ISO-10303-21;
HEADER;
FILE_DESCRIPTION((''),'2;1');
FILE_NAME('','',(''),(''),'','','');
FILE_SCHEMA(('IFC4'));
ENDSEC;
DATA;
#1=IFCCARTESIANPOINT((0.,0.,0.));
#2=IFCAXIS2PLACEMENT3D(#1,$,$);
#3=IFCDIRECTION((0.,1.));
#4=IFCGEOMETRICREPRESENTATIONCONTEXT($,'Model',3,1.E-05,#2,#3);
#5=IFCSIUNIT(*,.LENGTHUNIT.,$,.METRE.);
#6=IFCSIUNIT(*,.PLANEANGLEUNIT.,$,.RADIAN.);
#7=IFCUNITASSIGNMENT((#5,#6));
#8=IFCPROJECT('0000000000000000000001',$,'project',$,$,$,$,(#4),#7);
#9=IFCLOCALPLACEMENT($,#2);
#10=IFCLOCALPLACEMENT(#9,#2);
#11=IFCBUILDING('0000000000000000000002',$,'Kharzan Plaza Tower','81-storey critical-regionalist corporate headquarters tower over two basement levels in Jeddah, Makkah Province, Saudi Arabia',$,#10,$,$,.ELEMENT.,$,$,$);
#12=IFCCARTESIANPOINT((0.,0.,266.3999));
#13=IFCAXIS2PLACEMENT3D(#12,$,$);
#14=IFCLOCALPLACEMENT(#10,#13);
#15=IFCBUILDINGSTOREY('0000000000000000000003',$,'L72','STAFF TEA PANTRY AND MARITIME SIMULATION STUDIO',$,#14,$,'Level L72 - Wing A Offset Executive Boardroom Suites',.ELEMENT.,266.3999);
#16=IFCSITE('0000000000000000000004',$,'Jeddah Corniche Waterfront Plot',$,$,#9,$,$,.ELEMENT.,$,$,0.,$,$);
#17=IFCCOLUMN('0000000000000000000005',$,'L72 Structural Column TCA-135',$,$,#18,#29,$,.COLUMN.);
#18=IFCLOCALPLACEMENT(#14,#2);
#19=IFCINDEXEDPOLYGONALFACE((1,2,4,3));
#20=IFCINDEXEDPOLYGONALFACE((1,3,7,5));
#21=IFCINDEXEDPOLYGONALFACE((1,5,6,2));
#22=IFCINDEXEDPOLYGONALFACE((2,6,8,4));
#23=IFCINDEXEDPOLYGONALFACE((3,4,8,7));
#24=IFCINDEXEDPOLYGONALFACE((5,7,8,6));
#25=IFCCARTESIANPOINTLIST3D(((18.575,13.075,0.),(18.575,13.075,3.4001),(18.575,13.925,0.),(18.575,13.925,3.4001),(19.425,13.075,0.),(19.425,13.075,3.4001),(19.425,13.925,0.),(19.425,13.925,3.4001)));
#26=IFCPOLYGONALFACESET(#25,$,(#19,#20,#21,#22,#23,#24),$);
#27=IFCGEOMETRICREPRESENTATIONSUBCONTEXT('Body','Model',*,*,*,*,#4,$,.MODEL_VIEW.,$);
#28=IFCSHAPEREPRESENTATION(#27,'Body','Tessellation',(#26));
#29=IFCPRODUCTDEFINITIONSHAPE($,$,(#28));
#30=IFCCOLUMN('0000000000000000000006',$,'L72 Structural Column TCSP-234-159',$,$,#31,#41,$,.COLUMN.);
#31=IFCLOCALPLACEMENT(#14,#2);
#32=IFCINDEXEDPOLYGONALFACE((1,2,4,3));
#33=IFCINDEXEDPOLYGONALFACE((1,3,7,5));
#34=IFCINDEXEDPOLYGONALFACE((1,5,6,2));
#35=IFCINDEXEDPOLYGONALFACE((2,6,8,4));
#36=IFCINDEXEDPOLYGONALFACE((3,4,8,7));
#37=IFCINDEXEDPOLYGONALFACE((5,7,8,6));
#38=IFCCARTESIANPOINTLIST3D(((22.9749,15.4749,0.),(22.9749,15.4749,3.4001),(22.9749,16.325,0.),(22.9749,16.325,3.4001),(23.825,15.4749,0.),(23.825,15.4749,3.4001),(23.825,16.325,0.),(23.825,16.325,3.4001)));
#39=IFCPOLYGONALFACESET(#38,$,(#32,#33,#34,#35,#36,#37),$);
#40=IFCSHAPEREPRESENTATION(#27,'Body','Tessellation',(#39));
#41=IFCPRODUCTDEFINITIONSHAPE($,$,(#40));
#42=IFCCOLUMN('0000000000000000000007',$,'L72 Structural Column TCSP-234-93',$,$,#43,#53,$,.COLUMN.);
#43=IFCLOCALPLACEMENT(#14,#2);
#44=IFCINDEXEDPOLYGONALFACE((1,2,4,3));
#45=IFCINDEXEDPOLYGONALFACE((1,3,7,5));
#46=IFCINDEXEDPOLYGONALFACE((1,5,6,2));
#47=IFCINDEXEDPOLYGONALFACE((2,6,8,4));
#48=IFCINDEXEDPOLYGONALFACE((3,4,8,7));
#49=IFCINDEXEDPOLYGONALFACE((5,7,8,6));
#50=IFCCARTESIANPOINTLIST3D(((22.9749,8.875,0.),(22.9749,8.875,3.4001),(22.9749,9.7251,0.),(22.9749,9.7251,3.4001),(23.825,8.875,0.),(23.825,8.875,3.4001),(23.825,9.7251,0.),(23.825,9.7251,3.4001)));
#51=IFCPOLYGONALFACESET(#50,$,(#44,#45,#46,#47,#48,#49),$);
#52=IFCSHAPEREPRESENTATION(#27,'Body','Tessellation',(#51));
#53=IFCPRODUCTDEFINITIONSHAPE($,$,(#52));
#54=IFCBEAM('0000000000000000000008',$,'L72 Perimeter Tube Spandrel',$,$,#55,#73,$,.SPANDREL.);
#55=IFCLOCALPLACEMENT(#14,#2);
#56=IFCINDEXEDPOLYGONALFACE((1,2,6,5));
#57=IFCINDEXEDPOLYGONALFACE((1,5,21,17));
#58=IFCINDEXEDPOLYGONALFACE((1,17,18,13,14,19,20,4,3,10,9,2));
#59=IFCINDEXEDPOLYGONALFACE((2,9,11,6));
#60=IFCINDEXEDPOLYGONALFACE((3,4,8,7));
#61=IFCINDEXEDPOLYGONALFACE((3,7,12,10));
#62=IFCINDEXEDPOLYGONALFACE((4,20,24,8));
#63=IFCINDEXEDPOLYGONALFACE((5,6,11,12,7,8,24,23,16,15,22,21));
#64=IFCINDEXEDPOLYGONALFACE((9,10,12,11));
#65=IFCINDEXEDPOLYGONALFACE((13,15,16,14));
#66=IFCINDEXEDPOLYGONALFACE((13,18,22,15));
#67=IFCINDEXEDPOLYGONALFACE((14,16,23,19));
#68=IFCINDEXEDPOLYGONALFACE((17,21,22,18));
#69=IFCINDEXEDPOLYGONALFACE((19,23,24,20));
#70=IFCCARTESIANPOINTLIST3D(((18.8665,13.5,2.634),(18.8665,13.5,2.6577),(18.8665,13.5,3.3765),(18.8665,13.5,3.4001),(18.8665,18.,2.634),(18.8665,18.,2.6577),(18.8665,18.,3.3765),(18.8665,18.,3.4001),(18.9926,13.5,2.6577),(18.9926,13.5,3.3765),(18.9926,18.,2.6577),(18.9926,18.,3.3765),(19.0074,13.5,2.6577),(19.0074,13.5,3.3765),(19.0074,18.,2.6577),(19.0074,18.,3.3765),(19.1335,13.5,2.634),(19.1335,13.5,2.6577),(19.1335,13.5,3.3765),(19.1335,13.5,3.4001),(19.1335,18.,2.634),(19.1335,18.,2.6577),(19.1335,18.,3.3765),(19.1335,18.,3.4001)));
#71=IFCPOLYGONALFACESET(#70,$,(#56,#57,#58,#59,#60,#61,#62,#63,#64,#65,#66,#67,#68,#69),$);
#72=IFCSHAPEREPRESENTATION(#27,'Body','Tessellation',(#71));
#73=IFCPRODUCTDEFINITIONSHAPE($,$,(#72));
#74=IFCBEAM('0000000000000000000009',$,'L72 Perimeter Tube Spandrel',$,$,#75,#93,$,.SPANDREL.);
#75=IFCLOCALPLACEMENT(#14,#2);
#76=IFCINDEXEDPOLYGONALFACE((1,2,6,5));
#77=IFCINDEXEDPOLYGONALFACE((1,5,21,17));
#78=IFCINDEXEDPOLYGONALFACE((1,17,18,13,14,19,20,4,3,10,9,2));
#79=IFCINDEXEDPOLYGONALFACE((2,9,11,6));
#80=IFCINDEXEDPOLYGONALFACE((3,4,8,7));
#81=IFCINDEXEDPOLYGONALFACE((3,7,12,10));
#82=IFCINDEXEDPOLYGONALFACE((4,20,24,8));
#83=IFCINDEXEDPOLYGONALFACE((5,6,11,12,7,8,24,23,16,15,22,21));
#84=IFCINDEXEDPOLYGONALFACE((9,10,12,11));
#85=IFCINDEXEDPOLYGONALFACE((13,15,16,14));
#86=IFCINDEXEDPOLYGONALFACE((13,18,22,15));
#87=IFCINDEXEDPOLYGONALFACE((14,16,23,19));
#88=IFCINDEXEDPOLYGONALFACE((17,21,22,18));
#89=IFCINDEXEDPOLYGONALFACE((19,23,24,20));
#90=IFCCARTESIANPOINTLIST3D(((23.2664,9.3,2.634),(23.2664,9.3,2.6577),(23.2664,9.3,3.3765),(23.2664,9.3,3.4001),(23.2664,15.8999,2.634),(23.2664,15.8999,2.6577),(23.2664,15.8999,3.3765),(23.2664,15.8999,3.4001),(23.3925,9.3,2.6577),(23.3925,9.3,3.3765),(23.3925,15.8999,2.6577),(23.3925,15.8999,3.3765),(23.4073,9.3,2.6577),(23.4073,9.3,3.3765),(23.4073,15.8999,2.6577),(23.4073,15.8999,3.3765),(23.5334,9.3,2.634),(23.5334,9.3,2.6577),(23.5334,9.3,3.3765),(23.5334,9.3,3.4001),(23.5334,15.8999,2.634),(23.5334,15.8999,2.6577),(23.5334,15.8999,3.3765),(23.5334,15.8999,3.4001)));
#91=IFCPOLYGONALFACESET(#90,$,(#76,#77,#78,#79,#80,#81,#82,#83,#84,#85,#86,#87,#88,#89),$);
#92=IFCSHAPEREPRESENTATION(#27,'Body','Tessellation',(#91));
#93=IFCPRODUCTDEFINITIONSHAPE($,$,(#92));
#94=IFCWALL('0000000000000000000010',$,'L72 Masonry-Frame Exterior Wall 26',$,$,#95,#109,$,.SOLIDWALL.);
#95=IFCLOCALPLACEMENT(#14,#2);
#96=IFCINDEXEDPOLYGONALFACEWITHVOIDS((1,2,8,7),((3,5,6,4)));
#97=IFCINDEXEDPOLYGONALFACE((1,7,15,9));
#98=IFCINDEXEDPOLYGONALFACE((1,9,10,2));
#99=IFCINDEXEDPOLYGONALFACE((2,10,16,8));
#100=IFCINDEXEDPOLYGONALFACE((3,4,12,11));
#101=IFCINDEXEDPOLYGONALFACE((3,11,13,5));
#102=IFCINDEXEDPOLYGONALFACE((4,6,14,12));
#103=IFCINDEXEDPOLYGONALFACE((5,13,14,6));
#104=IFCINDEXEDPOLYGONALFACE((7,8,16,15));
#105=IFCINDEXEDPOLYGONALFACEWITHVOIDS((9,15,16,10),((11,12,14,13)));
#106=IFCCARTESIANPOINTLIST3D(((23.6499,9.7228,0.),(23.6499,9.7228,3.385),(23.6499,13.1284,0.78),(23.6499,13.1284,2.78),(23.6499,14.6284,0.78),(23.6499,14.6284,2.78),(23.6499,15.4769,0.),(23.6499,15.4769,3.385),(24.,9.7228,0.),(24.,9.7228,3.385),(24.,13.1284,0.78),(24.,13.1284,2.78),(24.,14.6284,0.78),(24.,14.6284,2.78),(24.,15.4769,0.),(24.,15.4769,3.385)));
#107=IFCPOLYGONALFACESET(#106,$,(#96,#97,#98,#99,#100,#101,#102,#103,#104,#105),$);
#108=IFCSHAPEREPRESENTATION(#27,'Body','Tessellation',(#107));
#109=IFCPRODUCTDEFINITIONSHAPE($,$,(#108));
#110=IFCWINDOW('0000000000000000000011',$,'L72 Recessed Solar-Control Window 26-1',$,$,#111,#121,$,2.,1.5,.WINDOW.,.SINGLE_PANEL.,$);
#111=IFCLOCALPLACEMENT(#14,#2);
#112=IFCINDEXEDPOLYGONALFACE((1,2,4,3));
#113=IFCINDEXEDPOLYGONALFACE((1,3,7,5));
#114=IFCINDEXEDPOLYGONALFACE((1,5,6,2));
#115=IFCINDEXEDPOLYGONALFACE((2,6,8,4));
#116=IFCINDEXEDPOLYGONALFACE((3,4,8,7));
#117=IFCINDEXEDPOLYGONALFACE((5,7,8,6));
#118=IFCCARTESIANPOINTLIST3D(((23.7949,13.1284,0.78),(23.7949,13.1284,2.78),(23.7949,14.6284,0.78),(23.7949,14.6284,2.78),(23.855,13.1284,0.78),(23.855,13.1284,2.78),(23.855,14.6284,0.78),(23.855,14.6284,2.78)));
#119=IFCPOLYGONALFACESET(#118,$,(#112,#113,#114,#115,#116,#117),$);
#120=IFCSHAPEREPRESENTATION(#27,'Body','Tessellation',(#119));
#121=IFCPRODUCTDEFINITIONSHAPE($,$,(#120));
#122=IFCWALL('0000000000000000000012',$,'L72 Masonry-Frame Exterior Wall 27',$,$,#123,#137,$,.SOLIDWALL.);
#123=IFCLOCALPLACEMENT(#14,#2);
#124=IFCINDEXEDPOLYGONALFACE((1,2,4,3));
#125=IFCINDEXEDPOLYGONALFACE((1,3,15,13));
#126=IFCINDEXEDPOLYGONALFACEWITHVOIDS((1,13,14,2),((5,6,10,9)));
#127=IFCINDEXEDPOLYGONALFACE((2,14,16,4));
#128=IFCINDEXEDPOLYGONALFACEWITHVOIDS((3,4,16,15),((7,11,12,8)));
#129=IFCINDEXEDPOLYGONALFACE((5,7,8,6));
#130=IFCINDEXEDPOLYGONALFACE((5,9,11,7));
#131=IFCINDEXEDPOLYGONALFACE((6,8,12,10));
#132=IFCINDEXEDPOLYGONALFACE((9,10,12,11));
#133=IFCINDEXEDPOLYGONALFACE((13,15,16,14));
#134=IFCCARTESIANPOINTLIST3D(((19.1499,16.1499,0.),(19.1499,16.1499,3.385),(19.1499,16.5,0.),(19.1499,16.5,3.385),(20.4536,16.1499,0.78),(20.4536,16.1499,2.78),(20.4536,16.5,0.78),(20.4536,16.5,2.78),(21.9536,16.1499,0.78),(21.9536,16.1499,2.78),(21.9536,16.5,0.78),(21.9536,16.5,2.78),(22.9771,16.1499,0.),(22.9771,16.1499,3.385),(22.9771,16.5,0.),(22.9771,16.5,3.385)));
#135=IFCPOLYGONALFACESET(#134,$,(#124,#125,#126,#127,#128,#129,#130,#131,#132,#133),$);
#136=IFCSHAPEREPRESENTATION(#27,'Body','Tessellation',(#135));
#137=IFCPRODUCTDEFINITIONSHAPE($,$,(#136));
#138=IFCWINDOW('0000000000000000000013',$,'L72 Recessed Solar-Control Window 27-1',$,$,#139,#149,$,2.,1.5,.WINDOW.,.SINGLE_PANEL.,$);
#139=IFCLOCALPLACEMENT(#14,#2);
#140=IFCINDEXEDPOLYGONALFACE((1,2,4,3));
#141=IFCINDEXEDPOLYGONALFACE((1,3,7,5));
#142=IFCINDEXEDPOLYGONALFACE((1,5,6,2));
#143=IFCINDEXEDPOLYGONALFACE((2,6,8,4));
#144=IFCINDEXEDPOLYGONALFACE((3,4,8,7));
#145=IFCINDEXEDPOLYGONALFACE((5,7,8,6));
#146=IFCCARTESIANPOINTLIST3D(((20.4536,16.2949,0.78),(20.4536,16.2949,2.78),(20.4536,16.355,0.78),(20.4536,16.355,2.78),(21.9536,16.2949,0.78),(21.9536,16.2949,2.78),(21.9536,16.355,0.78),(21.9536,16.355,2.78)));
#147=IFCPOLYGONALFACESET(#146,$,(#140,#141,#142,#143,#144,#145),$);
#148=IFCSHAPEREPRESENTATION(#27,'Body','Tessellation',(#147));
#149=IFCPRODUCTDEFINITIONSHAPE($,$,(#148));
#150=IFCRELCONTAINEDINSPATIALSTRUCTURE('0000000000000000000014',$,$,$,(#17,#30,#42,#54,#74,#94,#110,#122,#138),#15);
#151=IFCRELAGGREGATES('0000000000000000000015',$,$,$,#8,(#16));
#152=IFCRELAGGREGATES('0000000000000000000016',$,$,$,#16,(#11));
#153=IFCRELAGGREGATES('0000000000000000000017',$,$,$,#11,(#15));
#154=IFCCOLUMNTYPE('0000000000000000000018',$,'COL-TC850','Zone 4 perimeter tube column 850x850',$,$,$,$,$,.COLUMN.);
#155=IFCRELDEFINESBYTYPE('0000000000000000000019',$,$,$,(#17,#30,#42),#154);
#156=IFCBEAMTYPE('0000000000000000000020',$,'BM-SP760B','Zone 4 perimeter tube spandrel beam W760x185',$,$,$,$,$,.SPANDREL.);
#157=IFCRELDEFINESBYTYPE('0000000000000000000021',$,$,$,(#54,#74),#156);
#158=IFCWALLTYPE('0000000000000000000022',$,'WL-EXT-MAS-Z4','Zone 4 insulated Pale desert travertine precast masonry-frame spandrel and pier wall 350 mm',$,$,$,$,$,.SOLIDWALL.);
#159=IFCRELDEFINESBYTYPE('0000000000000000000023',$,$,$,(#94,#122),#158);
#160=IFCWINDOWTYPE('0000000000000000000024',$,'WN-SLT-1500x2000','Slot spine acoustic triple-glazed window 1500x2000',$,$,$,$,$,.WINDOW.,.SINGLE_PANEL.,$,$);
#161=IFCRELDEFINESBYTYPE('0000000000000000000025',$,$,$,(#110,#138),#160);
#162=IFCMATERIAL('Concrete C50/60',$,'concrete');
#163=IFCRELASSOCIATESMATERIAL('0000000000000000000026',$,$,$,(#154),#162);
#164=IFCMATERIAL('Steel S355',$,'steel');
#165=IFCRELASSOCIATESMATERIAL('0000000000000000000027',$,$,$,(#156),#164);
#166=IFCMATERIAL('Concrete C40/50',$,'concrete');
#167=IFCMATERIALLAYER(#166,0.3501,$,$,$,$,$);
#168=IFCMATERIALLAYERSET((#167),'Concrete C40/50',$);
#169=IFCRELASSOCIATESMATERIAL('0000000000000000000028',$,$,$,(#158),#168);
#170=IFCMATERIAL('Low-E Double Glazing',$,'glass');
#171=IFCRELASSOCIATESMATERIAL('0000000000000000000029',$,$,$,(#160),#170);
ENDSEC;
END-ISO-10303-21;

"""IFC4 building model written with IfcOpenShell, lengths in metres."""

from ifc_helpers import new_model, si_unit, direction, frame, frame_2d, origin, origin_2d, place, context, subcontext, project, spatial, rectangle, i_section, extrude, source, transform, mapped, material, layer, layer_set, material_profile, profile_set, type_object, element, fill, save


model = new_model("IFC4")

# Units and contexts
model_context = context("Model", 3, precision=1e-05, world=origin(), true_north=direction((0.0, 1.0)))
body_context = subcontext(model_context, "Body", "Model", "MODEL_VIEW")
ifc_project = project(units=[si_unit("LENGTHUNIT", "METRE"), si_unit("PLANEANGLEUNIT", "RADIAN")], contexts=[model_context])

# Site, building, storey
site_placement = place(None, origin())
site = spatial("IfcSite", under=ifc_project, at=site_placement, Name="Jeddah Corniche Waterfront Plot", CompositionType="ELEMENT", RefElevation=0.0)
building_placement = place(site_placement, origin())
building = spatial("IfcBuilding", under=site, at=building_placement, Name="Kharzan Plaza Tower", Description="81-storey critical-regionalist corporate headquarters tower over two basement levels in Jeddah, Makkah Province, Saudi Arabia", CompositionType="ELEMENT")
storey_placement = place(building_placement, frame((0.0, 0.0, 266.3999)))
storey = spatial("IfcBuildingStorey", under=building, at=storey_placement, Name="L72", Description="STAFF TEA PANTRY AND MARITIME SIMULATION STUDIO", LongName="Level L72 - Wing A Offset Executive Boardroom Suites", CompositionType="ELEMENT", Elevation=266.3999)

# Columns
ifc_material_1 = material(Name="Concrete C50/60", Category="concrete")
ifc_material_profile_1 = material_profile(ifc_material_1, rectangle(XDim=0.8501, YDim=0.8501, at=origin_2d()), Name="RC-TC850x850")
ifc_profile_set_1 = profile_set([ifc_material_profile_1], Name="Concrete C50/60")
column_type = type_object("IfcColumnType", Name="COL-TC850", Description="Zone 4 perimeter tube column 850x850", PredefinedType="COLUMN", material=ifc_profile_set_1)
shared_shape_1 = source(origin(), body_context, "Body", "SweptSolid", [
    extrude(rectangle(XDim=0.8501, YDim=0.8501, at=origin_2d()), origin(), (0.0, 0.0, 1.0), 3.4001),
])
for number, where, z_axis, x_axis, name in (
    (1, (19.0, 13.5, 0.0), (0.0, 0.0, 1.0), (1.0, 0.0, 0.0), "L72 Structural Column TCA-135"),
    (2, (23.3999, 15.8999, 0.0), (0.0, 0.0, 1.0), (1.0, 0.0, 0.0), "L72 Structural Column TCSP-234-159"),
    (3, (23.3999, 9.3, 0.0), (0.0, 0.0, 1.0), (1.0, 0.0, 0.0), "L72 Structural Column TCSP-234-93"),
):
    element("IfcColumn", number, at=place(storey_placement, frame(where, z_axis=z_axis, x_axis=x_axis)), inside=storey, type_object=column_type, Name=name, PredefinedType="COLUMN", context=body_context, shape_type="MappedRepresentation", body=[
        mapped(shared_shape_1, transform((0.0, 0.0, 0.0), x_axis=(1.0, 0.0, 0.0), y_axis=(0.0, 1.0, 0.0), z_axis=(0.0, 0.0, 1.0))),
    ])

# Beams
ifc_material_2 = material(Name="Steel S355", Category="steel")
ifc_material_profile_2 = material_profile(ifc_material_2, i_section(OverallWidth=0.2671, OverallDepth=0.7661, WebThickness=0.0149, FlangeThickness=0.0237, at=origin_2d()), Name="W760x185")
ifc_profile_set_2 = profile_set([ifc_material_profile_2], Name="Steel S355")
beam_type = type_object("IfcBeamType", Name="BM-SP760B", Description="Zone 4 perimeter tube spandrel beam W760x185", PredefinedType="SPANDREL", material=ifc_profile_set_2)
shared_shape_2 = source(origin(), body_context, "Body", "SweptSolid", [
    extrude(i_section(OverallWidth=0.2671, OverallDepth=0.7661, WebThickness=0.0149, FlangeThickness=0.0237, at=origin_2d()), origin(), (0.0, 0.0, 1.0), 4.5),
])
beam_1_placement = place(storey_placement, frame((19.0, 13.5, 3.0171), z_axis=(0.0, 1.0, 0.0), x_axis=(-1.0, 0.0, 0.0)))
element("IfcBeam", 4, at=beam_1_placement, inside=storey, type_object=beam_type, Name="L72 Perimeter Tube Spandrel", PredefinedType="SPANDREL", context=body_context, shape_type="MappedRepresentation", body=[
    mapped(shared_shape_2, transform((0.0, 0.0, 0.0), x_axis=(1.0, 0.0, 0.0), y_axis=(0.0, 1.0, 0.0), z_axis=(0.0, 0.0, 1.0))),
])
shared_shape_3 = source(origin(), body_context, "Body", "SweptSolid", [
    extrude(i_section(OverallWidth=0.2671, OverallDepth=0.7661, WebThickness=0.0149, FlangeThickness=0.0237, at=origin_2d()), origin(), (0.0, 0.0, 1.0), 6.5999),
])
beam_2_placement = place(storey_placement, frame((23.3999, 9.3, 3.0171), z_axis=(0.0, 1.0, 0.0), x_axis=(-1.0, 0.0, 0.0)))
element("IfcBeam", 5, at=beam_2_placement, inside=storey, type_object=beam_type, Name="L72 Perimeter Tube Spandrel", PredefinedType="SPANDREL", context=body_context, shape_type="MappedRepresentation", body=[
    mapped(shared_shape_3, transform((0.0, 0.0, 0.0), x_axis=(1.0, 0.0, 0.0), y_axis=(0.0, 1.0, 0.0), z_axis=(0.0, 0.0, 1.0))),
])

# Walls, openings, windows
ifc_material_3 = material(Name="Concrete C40/50", Category="concrete")
ifc_layer_1 = layer(ifc_material_3, 0.3501)
ifc_layer_set_1 = layer_set([ifc_layer_1], Name="Concrete C40/50")
wall_type_1 = type_object("IfcWallType", Name="WL-EXT-MAS-Z4", Description="Zone 4 insulated Pale desert travertine precast masonry-frame spandrel and pier wall 350 mm", PredefinedType="SOLIDWALL", material=ifc_layer_set_1)
wall_1_placement = place(storey_placement, frame((23.825, 9.7229, 0.0), z_axis=(0.0, 0.0, 1.0), x_axis=(0.0, 1.0, 0.0)))
wall_1 = element("IfcWall", 6, at=wall_1_placement, inside=storey, type_object=wall_type_1, Name="L72 Masonry-Frame Exterior Wall 26", PredefinedType="SOLIDWALL", context=body_context, shape_type="SweptSolid", body=[
    extrude(rectangle(XDim=5.7542, YDim=0.3501, at=frame_2d((2.877, 0.0))), origin(), (0.0, 0.0, 1.0), 3.385),
])
opening_1_placement = place(wall_1_placement, frame((3.4055, 0.0, 0.78)))
opening_1 = element("IfcOpeningElement", 7, at=opening_1_placement, cuts=wall_1, PredefinedType="OPENING", context=body_context, shape_type="SweptSolid", body=[
    extrude(rectangle(XDim=1.5, YDim=2.0, at=frame_2d((0.75, 1.0))), frame((0.0, 0.1851, 0.0), z_axis=(0.0, -1.0, 0.0), x_axis=(1.0, 0.0, 0.0)), (0.0, 0.0, 1.0), 0.3701),
])
ifc_material_4 = material(Name="Low-E Double Glazing", Category="glass")
window_type = type_object("IfcWindowType", Name="WN-SLT-1500x2000", Description="Slot spine acoustic triple-glazed window 1500x2000", PartitioningType="SINGLE_PANEL", PredefinedType="WINDOW", material=ifc_material_4)
shared_shape_4 = source(origin(), body_context, "Body", "SweptSolid", [
    extrude(rectangle(XDim=1.5, YDim=2.0, at=frame_2d((0.75, 1.0))), frame((0.0, 0.03, 0.0), z_axis=(0.0, -1.0, 0.0), x_axis=(1.0, 0.0, 0.0)), (0.0, 0.0, 1.0), 0.0601),
])
window_1_placement = place(opening_1_placement, origin())
window_1 = element("IfcWindow", 8, at=window_1_placement, inside=storey, type_object=window_type, Name="L72 Recessed Solar-Control Window 26-1", OverallHeight=2.0, OverallWidth=1.5, PartitioningType="SINGLE_PANEL", PredefinedType="WINDOW", context=body_context, shape_type="MappedRepresentation", body=[
    mapped(shared_shape_4, transform((0.0, 0.0, 0.0), x_axis=(1.0, 0.0, 0.0), y_axis=(0.0, 1.0, 0.0), z_axis=(0.0, 0.0, 1.0))),
])
fill(opening_1, window_1)
wall_2_placement = place(storey_placement, frame((22.9771, 16.325, 0.0), z_axis=(0.0, 0.0, 1.0), x_axis=(-1.0, 0.0, 0.0)))
wall_2 = element("IfcWall", 9, at=wall_2_placement, inside=storey, type_object=wall_type_1, Name="L72 Masonry-Frame Exterior Wall 27", PredefinedType="SOLIDWALL", context=body_context, shape_type="SweptSolid", body=[
    extrude(rectangle(XDim=3.8271, YDim=0.3501, at=frame_2d((1.9136, 0.0))), origin(), (0.0, 0.0, 1.0), 3.385),
])
opening_2_placement = place(wall_2_placement, frame((1.0234, 0.0, 0.78)))
opening_2 = element("IfcOpeningElement", 10, at=opening_2_placement, cuts=wall_2, PredefinedType="OPENING", context=body_context, shape_type="SweptSolid", body=[
    extrude(rectangle(XDim=1.5, YDim=2.0, at=frame_2d((0.75, 1.0))), frame((0.0, 0.1851, 0.0), z_axis=(0.0, -1.0, 0.0), x_axis=(1.0, 0.0, 0.0)), (0.0, 0.0, 1.0), 0.3701),
])
window_2_placement = place(opening_2_placement, origin())
window_2 = element("IfcWindow", 11, at=window_2_placement, inside=storey, type_object=window_type, Name="L72 Recessed Solar-Control Window 27-1", OverallHeight=2.0, OverallWidth=1.5, PartitioningType="SINGLE_PANEL", PredefinedType="WINDOW", context=body_context, shape_type="MappedRepresentation", body=[
    mapped(shared_shape_4, transform((0.0, 0.0, 0.0), x_axis=(1.0, 0.0, 0.0), y_axis=(0.0, 1.0, 0.0), z_axis=(0.0, 0.0, 1.0))),
])
fill(opening_2, window_2)

save(model, "model.ifc")
